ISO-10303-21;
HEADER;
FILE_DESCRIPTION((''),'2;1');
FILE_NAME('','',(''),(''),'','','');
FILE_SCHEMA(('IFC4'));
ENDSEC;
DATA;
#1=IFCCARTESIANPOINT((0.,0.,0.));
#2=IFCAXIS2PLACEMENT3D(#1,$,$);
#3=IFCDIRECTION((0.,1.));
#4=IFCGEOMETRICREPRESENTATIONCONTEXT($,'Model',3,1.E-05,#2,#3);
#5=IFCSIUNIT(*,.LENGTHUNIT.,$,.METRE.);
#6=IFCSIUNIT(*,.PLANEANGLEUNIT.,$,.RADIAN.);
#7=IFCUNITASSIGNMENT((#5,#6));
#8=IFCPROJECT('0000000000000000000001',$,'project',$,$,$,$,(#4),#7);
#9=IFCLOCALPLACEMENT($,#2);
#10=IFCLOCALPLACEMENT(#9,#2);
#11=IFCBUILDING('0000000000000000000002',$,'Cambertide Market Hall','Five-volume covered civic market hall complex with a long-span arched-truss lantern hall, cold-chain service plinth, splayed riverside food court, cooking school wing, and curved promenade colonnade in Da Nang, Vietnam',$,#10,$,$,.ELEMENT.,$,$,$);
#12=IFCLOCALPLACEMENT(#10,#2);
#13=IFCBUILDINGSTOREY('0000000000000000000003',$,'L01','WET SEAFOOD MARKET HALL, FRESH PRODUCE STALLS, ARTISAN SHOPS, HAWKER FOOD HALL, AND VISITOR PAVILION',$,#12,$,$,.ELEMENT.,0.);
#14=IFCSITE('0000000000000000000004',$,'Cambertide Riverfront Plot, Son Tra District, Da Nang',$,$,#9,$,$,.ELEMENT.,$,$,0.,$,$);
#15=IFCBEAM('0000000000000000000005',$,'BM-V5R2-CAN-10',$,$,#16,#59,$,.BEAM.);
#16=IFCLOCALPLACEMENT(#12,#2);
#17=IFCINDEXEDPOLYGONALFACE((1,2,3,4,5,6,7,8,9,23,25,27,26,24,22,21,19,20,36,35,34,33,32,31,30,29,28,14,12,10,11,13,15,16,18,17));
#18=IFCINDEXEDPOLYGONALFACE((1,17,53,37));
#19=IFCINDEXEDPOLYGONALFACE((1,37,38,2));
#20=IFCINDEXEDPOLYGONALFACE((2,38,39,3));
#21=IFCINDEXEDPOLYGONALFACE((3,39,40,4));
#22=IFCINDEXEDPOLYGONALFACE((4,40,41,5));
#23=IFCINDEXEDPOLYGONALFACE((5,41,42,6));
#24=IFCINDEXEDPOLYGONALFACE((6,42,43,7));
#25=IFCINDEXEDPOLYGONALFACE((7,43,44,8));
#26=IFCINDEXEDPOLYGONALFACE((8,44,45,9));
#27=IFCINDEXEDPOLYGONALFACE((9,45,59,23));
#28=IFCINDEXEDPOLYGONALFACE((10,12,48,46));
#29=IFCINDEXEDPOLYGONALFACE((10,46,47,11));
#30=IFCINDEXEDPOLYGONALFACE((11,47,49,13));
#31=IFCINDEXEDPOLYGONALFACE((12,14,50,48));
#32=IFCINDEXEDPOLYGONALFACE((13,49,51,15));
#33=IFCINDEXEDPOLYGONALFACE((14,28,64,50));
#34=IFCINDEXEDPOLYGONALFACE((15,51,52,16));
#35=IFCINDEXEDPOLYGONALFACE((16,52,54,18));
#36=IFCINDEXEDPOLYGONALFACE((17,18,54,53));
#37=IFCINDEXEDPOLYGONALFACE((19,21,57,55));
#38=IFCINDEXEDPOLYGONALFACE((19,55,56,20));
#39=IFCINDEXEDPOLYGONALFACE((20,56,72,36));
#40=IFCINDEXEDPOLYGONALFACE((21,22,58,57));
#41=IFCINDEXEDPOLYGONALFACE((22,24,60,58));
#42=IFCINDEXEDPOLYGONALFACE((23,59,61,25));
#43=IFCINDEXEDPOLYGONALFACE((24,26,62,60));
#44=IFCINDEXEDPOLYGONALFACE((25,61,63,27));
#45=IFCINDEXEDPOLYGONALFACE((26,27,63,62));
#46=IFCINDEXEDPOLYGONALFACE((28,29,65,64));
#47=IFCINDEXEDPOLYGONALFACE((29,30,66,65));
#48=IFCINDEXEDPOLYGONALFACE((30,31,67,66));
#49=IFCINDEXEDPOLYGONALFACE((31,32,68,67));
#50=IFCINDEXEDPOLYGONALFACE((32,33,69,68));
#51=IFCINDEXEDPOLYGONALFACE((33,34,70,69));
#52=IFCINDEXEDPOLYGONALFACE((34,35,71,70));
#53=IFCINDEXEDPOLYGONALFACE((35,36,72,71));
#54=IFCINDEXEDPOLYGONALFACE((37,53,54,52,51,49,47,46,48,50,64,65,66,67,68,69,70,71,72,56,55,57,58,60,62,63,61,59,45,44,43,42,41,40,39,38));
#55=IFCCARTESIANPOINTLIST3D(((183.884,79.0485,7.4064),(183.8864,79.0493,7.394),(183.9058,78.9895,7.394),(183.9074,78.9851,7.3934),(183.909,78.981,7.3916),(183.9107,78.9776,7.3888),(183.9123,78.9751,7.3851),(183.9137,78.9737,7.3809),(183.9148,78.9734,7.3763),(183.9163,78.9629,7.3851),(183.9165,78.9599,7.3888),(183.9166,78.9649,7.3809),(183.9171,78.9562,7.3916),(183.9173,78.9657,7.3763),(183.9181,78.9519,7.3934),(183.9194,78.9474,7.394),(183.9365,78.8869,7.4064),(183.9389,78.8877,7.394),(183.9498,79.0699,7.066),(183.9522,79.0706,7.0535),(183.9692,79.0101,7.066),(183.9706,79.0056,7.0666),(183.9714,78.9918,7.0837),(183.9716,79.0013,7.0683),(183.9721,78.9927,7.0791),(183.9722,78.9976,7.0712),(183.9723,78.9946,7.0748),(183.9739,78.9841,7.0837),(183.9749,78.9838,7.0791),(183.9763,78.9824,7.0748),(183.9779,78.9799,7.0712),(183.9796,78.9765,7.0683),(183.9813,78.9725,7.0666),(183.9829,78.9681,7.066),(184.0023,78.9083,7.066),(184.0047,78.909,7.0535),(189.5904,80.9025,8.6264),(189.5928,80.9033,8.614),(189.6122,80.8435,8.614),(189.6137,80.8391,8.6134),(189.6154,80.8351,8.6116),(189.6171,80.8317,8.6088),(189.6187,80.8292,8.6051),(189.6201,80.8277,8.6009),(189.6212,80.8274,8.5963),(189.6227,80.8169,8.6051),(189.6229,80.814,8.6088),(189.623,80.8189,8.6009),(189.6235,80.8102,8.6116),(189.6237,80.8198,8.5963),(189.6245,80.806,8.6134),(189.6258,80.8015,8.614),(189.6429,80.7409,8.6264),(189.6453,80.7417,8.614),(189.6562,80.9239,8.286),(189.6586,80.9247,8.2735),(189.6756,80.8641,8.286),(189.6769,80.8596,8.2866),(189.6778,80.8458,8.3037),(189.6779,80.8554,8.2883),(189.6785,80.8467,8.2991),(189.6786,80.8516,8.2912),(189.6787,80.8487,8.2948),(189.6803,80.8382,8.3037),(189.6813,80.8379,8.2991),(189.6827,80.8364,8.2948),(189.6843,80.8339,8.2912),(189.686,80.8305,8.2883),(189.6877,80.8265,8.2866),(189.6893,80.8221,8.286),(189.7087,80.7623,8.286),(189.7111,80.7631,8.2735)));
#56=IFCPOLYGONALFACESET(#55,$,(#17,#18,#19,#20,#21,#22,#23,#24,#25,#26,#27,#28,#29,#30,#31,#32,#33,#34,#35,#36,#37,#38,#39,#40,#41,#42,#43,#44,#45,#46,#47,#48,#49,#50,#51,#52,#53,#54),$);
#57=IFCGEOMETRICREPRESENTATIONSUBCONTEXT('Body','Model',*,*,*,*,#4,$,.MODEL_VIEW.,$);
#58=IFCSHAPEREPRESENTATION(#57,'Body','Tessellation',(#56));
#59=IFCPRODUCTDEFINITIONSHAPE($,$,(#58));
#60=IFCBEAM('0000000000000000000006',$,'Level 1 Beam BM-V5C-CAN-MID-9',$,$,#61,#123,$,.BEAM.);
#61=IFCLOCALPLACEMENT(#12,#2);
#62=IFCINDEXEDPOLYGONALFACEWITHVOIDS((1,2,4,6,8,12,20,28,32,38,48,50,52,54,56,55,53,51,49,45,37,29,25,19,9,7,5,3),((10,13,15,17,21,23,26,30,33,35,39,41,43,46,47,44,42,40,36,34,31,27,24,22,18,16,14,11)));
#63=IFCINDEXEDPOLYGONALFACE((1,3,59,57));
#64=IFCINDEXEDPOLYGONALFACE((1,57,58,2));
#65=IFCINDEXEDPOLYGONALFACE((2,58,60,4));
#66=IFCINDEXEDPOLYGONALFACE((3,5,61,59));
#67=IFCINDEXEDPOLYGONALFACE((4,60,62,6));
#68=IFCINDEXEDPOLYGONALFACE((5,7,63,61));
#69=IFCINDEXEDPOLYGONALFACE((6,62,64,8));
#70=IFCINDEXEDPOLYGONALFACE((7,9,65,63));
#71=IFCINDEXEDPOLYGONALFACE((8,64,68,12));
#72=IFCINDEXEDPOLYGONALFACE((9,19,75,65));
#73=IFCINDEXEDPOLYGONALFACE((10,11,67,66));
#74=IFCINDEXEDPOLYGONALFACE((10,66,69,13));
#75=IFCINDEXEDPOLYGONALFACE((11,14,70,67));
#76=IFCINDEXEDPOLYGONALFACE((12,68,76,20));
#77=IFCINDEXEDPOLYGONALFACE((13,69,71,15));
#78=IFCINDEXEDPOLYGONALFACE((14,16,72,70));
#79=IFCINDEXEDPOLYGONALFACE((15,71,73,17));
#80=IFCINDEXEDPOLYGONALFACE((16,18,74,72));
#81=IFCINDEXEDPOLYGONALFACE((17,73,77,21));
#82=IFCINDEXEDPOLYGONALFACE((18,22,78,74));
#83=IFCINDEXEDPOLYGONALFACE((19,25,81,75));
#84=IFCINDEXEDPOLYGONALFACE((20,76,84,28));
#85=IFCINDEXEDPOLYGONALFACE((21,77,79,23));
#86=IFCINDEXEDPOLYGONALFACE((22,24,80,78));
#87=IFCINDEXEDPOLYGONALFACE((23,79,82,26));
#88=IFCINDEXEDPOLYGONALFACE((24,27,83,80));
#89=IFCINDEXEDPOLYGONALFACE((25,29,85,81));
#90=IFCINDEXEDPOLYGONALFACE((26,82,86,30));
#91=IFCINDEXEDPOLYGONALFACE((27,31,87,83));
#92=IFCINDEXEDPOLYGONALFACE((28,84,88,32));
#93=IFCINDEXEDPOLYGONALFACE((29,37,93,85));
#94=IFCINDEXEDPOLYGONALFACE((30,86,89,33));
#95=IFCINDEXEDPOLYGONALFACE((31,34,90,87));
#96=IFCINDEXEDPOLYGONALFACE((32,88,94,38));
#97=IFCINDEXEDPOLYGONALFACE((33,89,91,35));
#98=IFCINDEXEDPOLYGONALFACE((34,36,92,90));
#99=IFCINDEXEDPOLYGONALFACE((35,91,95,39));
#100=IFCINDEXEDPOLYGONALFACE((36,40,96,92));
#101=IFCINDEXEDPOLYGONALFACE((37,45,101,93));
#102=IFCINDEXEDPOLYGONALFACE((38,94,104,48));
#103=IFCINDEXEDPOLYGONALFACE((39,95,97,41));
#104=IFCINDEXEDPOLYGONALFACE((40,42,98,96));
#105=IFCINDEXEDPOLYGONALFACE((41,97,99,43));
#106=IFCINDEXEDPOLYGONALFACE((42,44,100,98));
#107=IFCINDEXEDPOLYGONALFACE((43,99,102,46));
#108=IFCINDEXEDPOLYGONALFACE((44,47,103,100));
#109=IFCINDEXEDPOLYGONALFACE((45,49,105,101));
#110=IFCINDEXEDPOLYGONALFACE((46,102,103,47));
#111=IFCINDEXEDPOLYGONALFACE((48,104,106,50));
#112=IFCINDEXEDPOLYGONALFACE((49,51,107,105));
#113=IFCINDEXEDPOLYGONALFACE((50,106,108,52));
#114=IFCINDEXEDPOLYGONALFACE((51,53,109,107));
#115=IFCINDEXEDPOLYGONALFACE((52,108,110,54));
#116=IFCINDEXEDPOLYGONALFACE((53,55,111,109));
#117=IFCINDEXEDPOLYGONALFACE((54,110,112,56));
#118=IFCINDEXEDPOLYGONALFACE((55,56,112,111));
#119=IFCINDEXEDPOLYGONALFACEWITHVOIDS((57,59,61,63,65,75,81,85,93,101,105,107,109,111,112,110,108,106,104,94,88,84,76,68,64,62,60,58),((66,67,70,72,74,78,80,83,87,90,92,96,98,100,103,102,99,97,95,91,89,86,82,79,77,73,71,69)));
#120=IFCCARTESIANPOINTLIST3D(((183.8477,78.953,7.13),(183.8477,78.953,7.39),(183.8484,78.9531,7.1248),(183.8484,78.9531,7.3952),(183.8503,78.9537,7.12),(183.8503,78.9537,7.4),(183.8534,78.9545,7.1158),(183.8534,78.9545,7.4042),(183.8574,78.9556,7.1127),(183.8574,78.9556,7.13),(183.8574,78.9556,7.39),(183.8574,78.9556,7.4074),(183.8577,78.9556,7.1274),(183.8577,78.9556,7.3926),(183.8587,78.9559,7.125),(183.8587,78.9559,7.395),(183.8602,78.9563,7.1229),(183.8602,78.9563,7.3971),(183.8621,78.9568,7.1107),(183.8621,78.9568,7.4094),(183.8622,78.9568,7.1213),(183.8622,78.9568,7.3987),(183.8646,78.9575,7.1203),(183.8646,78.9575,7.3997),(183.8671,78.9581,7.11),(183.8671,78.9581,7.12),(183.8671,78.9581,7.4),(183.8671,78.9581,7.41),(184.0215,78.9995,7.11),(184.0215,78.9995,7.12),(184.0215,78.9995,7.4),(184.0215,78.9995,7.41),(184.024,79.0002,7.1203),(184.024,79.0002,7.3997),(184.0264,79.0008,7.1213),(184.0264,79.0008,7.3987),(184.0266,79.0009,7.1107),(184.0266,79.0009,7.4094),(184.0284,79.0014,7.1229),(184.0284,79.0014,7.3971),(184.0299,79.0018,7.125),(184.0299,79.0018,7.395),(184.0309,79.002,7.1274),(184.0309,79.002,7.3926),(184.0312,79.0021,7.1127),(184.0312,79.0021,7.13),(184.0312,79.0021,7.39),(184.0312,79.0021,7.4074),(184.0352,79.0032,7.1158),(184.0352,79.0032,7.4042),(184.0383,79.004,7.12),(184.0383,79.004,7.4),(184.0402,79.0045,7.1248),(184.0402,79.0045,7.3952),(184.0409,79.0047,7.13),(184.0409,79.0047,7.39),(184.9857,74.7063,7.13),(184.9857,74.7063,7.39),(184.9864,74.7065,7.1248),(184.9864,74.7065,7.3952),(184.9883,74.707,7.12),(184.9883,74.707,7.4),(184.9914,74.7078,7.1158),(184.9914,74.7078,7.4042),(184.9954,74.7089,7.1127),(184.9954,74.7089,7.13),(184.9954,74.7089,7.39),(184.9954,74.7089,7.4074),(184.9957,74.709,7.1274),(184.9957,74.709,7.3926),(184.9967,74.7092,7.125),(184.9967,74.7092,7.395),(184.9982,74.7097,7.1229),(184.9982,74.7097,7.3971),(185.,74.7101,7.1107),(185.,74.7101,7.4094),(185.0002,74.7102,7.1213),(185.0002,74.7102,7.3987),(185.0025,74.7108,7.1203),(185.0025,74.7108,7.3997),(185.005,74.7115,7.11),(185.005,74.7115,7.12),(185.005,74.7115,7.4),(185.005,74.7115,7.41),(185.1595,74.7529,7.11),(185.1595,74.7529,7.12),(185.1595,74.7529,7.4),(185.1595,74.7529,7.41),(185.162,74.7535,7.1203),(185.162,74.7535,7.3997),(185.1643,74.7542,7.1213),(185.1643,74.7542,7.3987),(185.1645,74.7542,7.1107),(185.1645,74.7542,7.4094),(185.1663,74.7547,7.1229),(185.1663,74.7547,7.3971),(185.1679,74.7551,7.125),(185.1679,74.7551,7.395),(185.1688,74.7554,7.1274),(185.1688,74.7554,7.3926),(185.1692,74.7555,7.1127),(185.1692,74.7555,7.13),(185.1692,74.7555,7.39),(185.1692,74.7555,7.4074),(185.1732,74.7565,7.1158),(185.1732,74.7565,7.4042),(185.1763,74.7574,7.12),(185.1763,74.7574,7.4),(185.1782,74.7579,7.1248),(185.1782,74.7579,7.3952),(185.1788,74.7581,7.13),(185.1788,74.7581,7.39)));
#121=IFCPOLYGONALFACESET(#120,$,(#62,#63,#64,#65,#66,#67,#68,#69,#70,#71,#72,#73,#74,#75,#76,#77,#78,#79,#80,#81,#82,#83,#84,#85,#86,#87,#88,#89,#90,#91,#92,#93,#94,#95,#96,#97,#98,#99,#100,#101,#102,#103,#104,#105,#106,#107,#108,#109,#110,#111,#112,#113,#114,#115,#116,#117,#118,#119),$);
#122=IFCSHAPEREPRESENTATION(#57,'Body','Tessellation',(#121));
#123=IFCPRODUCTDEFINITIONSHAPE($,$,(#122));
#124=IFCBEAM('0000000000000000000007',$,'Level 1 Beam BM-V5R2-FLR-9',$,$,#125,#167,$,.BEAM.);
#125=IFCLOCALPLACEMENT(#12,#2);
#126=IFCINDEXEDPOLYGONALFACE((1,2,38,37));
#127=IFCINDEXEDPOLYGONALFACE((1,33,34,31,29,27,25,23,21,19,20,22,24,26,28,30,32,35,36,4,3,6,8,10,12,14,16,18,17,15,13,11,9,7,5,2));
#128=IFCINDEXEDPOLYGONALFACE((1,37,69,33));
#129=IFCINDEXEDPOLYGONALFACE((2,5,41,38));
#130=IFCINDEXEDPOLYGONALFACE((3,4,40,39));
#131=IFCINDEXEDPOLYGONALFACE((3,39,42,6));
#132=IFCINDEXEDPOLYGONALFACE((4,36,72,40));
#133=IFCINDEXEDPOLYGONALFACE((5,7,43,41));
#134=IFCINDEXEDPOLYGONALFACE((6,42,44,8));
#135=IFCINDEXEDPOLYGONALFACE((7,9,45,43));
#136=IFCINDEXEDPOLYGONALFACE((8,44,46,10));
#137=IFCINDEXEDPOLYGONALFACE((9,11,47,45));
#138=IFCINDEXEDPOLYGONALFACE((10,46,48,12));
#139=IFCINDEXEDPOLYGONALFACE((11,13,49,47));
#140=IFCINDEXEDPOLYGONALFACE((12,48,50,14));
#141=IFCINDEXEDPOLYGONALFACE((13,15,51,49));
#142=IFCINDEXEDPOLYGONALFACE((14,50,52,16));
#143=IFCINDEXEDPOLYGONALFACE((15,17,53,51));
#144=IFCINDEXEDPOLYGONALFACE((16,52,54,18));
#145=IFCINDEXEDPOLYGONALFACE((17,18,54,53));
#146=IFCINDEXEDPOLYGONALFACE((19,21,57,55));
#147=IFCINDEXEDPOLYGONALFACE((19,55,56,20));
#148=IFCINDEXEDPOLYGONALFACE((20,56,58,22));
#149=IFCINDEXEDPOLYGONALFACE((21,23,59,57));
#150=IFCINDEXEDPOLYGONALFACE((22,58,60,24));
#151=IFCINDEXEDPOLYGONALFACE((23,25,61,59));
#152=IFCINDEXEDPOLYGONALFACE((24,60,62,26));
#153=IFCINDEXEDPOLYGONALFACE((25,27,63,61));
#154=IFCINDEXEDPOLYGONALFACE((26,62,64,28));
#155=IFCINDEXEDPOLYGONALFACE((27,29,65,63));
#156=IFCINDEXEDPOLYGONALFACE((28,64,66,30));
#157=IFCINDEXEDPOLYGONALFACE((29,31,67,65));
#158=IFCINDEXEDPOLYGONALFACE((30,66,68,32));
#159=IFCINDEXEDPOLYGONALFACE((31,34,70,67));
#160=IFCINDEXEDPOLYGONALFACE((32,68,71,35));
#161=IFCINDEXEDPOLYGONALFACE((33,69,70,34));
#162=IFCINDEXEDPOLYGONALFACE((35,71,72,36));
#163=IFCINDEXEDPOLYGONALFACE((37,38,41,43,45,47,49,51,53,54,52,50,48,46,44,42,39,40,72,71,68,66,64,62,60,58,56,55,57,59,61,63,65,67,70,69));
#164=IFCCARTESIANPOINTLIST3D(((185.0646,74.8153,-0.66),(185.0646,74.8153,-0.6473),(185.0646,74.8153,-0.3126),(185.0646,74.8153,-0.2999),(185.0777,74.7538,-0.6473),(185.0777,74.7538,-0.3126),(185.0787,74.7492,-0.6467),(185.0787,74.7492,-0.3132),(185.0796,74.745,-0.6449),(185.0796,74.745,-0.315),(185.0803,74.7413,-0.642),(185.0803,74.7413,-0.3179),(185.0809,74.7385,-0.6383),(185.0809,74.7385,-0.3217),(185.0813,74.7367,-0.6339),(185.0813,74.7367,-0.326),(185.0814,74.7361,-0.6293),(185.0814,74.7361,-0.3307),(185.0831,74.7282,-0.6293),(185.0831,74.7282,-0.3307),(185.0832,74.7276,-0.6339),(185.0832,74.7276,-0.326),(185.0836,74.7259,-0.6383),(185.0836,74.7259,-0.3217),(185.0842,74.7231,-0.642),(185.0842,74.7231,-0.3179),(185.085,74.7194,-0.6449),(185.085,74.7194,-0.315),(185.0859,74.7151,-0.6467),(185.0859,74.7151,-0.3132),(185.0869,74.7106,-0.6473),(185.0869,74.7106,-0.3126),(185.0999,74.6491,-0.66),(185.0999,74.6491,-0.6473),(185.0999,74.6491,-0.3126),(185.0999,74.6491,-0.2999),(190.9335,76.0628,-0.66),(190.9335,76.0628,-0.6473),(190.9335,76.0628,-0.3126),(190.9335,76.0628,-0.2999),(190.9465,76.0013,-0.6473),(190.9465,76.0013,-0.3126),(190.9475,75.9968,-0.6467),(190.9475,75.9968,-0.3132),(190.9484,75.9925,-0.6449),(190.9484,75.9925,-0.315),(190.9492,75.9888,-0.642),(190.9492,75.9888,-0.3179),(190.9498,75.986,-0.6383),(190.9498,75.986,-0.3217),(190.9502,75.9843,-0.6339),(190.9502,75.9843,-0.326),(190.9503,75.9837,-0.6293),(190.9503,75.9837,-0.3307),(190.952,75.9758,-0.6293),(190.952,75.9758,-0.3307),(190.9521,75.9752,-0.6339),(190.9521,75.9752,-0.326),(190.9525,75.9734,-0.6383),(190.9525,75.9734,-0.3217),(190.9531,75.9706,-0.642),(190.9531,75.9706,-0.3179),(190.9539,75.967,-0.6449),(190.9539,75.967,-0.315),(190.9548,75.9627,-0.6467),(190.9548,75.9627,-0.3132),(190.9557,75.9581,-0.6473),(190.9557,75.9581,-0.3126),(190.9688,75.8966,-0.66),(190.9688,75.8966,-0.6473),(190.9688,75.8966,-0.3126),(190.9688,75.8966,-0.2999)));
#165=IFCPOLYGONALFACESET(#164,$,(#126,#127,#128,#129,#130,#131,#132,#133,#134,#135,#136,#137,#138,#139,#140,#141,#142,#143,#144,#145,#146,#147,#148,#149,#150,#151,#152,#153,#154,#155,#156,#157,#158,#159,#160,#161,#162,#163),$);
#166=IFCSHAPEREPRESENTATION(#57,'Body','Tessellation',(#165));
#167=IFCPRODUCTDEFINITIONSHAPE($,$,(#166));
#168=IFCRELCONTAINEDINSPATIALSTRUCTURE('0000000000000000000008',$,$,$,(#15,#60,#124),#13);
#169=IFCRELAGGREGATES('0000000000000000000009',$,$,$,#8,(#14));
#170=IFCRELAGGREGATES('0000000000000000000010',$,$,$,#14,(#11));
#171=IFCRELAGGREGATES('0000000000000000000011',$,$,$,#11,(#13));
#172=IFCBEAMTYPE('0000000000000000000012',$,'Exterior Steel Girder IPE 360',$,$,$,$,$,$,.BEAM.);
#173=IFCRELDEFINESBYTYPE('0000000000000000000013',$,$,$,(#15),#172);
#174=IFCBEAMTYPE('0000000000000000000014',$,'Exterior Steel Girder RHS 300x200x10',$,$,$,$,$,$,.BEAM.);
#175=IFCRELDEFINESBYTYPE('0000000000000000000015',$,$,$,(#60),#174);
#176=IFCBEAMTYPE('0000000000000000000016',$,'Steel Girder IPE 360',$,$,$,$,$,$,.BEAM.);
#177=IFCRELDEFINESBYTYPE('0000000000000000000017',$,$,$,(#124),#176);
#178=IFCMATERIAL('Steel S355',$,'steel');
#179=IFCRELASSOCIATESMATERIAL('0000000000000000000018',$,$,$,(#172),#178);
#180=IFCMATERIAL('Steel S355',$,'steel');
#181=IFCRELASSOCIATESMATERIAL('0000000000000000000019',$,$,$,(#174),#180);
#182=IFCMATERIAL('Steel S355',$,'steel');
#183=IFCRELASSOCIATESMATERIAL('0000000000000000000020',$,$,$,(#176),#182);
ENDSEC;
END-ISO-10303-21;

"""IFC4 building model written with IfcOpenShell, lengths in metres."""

from ifc_helpers import new_model, si_unit, direction, frame, origin, origin_2d, place, context, subcontext, project, spatial, hollow_rectangle, i_section, extrude, material, material_profile, profile_set, type_object, element, save


model = new_model("IFC4")

# Units and contexts
model_context = context("Model", 3, precision=1e-05, world=origin(), true_north=direction((0.0, 1.0)))
body_context = subcontext(model_context, "Body", "Model", "MODEL_VIEW")
ifc_project = project(units=[si_unit("LENGTHUNIT", "METRE"), si_unit("PLANEANGLEUNIT", "RADIAN")], contexts=[model_context])

# Site, building, storey
site_placement = place(None, origin())
site = spatial("IfcSite", under=ifc_project, at=site_placement, Name="Cambertide Riverfront Plot, Son Tra District, Da Nang", CompositionType="ELEMENT", RefElevation=0.0)
building_placement = place(site_placement, origin())
building = spatial("IfcBuilding", under=site, at=building_placement, Name="Cambertide Market Hall", Description="Five-volume covered civic market hall complex with a long-span arched-truss lantern hall, cold-chain service plinth, splayed riverside food court, cooking school wing, and curved promenade colonnade in Da Nang, Vietnam", CompositionType="ELEMENT")
storey_placement = place(building_placement, origin())
storey = spatial("IfcBuildingStorey", under=building, at=storey_placement, Name="L01", Description="WET SEAFOOD MARKET HALL, FRESH PRODUCE STALLS, ARTISAN SHOPS, HAWKER FOOD HALL, AND VISITOR PAVILION", CompositionType="ELEMENT", Elevation=0.0)

# Beams
ifc_material_1 = material(Name="Steel S355", Category="steel")
ifc_material_profile_1 = material_profile(ifc_material_1, i_section(OverallWidth=0.1699, OverallDepth=0.3601, WebThickness=0.0081, FlangeThickness=0.0127, FilletRadius=0.0181, at=origin_2d()), Name="IPE 360")
ifc_profile_set_1 = profile_set([ifc_material_profile_1], Name="Steel S355")
beam_type_1 = type_object("IfcBeamType", Name="Exterior Steel Girder IPE 360", PredefinedType="BEAM", material=ifc_profile_set_1)
for number, where, z_axis, x_axis, name in (
    (1, (183.9443, 78.9788, 7.23), (0.93199, 0.302808, 0.199254), (-0.309004, 0.951061, 0.0), "BM-V5R2-CAN-10"),
):
    element("IfcBeam", number, at=place(storey_placement, frame(where, z_axis=z_axis, x_axis=x_axis)), inside=storey, type_object=beam_type_1, Name=name, PredefinedType="BEAM", context=body_context, shape_type="SweptSolid", body=[
        extrude(i_section(OverallWidth=0.1699, OverallDepth=0.3601, WebThickness=0.0081, FlangeThickness=0.0127, FilletRadius=0.0181, at=origin_2d()), origin(), (0.0, 0.0, 1.0), 6.1228),
    ])
ifc_material_2 = material(Name="Steel S355", Category="steel")
ifc_material_profile_2 = material_profile(ifc_material_2, hollow_rectangle(XDim=0.2, YDim=0.3, WallThickness=0.01, InnerFilletRadius=0.01, OuterFilletRadius=0.02, at=origin_2d()), Name="RHS 300x200x10")
ifc_profile_set_2 = profile_set([ifc_material_profile_2], Name="Steel S355")
beam_type_2 = type_object("IfcBeamType", Name="Exterior Steel Girder RHS 300x200x10", PredefinedType="BEAM", material=ifc_profile_set_2)
beam_placement = place(storey_placement, frame((185.0823, 74.7322, 7.26), z_axis=(-0.258834, 0.965922, 0.0), x_axis=(-0.965922, -0.258834, 0.0)))
element("IfcBeam", 2, at=beam_placement, inside=storey, type_object=beam_type_2, Name="Level 1 Beam BM-V5C-CAN-MID-9", PredefinedType="BEAM", context=body_context, shape_type="SweptSolid", body=[
    extrude(hollow_rectangle(XDim=0.2, YDim=0.3, WallThickness=0.01, InnerFilletRadius=0.01, OuterFilletRadius=0.02, at=origin_2d()), origin(), (0.0, 0.0, 1.0), 4.3965),
])
ifc_material_3 = material(Name="Steel S355", Category="steel")
ifc_material_profile_3 = material_profile(ifc_material_3, i_section(OverallWidth=0.1699, OverallDepth=0.3601, WebThickness=0.0081, FlangeThickness=0.0127, FilletRadius=0.0181, at=origin_2d()), Name="IPE 360")
ifc_profile_set_3 = profile_set([ifc_material_profile_3], Name="Steel S355")
beam_type_3 = type_object("IfcBeamType", Name="Steel Girder IPE 360", PredefinedType="BEAM", material=ifc_profile_set_3)
for number, where, z_axis, x_axis, name in (
    (3, (185.0823, 74.7322, -0.48), (0.978145, 0.207925, 0.0), (-0.207925, 0.978145, 0.0), "Level 1 Beam BM-V5R2-FLR-9"),
):
    element("IfcBeam", number, at=place(storey_placement, frame(where, z_axis=z_axis, x_axis=x_axis)), inside=storey, type_object=beam_type_3, Name=name, PredefinedType="BEAM", context=body_context, shape_type="SweptSolid", body=[
        extrude(i_section(OverallWidth=0.1699, OverallDepth=0.3601, WebThickness=0.0081, FlangeThickness=0.0127, FilletRadius=0.0181, at=origin_2d()), origin(), (0.0, 0.0, 1.0), 6.0),
    ])

save(model, "model.ifc")
